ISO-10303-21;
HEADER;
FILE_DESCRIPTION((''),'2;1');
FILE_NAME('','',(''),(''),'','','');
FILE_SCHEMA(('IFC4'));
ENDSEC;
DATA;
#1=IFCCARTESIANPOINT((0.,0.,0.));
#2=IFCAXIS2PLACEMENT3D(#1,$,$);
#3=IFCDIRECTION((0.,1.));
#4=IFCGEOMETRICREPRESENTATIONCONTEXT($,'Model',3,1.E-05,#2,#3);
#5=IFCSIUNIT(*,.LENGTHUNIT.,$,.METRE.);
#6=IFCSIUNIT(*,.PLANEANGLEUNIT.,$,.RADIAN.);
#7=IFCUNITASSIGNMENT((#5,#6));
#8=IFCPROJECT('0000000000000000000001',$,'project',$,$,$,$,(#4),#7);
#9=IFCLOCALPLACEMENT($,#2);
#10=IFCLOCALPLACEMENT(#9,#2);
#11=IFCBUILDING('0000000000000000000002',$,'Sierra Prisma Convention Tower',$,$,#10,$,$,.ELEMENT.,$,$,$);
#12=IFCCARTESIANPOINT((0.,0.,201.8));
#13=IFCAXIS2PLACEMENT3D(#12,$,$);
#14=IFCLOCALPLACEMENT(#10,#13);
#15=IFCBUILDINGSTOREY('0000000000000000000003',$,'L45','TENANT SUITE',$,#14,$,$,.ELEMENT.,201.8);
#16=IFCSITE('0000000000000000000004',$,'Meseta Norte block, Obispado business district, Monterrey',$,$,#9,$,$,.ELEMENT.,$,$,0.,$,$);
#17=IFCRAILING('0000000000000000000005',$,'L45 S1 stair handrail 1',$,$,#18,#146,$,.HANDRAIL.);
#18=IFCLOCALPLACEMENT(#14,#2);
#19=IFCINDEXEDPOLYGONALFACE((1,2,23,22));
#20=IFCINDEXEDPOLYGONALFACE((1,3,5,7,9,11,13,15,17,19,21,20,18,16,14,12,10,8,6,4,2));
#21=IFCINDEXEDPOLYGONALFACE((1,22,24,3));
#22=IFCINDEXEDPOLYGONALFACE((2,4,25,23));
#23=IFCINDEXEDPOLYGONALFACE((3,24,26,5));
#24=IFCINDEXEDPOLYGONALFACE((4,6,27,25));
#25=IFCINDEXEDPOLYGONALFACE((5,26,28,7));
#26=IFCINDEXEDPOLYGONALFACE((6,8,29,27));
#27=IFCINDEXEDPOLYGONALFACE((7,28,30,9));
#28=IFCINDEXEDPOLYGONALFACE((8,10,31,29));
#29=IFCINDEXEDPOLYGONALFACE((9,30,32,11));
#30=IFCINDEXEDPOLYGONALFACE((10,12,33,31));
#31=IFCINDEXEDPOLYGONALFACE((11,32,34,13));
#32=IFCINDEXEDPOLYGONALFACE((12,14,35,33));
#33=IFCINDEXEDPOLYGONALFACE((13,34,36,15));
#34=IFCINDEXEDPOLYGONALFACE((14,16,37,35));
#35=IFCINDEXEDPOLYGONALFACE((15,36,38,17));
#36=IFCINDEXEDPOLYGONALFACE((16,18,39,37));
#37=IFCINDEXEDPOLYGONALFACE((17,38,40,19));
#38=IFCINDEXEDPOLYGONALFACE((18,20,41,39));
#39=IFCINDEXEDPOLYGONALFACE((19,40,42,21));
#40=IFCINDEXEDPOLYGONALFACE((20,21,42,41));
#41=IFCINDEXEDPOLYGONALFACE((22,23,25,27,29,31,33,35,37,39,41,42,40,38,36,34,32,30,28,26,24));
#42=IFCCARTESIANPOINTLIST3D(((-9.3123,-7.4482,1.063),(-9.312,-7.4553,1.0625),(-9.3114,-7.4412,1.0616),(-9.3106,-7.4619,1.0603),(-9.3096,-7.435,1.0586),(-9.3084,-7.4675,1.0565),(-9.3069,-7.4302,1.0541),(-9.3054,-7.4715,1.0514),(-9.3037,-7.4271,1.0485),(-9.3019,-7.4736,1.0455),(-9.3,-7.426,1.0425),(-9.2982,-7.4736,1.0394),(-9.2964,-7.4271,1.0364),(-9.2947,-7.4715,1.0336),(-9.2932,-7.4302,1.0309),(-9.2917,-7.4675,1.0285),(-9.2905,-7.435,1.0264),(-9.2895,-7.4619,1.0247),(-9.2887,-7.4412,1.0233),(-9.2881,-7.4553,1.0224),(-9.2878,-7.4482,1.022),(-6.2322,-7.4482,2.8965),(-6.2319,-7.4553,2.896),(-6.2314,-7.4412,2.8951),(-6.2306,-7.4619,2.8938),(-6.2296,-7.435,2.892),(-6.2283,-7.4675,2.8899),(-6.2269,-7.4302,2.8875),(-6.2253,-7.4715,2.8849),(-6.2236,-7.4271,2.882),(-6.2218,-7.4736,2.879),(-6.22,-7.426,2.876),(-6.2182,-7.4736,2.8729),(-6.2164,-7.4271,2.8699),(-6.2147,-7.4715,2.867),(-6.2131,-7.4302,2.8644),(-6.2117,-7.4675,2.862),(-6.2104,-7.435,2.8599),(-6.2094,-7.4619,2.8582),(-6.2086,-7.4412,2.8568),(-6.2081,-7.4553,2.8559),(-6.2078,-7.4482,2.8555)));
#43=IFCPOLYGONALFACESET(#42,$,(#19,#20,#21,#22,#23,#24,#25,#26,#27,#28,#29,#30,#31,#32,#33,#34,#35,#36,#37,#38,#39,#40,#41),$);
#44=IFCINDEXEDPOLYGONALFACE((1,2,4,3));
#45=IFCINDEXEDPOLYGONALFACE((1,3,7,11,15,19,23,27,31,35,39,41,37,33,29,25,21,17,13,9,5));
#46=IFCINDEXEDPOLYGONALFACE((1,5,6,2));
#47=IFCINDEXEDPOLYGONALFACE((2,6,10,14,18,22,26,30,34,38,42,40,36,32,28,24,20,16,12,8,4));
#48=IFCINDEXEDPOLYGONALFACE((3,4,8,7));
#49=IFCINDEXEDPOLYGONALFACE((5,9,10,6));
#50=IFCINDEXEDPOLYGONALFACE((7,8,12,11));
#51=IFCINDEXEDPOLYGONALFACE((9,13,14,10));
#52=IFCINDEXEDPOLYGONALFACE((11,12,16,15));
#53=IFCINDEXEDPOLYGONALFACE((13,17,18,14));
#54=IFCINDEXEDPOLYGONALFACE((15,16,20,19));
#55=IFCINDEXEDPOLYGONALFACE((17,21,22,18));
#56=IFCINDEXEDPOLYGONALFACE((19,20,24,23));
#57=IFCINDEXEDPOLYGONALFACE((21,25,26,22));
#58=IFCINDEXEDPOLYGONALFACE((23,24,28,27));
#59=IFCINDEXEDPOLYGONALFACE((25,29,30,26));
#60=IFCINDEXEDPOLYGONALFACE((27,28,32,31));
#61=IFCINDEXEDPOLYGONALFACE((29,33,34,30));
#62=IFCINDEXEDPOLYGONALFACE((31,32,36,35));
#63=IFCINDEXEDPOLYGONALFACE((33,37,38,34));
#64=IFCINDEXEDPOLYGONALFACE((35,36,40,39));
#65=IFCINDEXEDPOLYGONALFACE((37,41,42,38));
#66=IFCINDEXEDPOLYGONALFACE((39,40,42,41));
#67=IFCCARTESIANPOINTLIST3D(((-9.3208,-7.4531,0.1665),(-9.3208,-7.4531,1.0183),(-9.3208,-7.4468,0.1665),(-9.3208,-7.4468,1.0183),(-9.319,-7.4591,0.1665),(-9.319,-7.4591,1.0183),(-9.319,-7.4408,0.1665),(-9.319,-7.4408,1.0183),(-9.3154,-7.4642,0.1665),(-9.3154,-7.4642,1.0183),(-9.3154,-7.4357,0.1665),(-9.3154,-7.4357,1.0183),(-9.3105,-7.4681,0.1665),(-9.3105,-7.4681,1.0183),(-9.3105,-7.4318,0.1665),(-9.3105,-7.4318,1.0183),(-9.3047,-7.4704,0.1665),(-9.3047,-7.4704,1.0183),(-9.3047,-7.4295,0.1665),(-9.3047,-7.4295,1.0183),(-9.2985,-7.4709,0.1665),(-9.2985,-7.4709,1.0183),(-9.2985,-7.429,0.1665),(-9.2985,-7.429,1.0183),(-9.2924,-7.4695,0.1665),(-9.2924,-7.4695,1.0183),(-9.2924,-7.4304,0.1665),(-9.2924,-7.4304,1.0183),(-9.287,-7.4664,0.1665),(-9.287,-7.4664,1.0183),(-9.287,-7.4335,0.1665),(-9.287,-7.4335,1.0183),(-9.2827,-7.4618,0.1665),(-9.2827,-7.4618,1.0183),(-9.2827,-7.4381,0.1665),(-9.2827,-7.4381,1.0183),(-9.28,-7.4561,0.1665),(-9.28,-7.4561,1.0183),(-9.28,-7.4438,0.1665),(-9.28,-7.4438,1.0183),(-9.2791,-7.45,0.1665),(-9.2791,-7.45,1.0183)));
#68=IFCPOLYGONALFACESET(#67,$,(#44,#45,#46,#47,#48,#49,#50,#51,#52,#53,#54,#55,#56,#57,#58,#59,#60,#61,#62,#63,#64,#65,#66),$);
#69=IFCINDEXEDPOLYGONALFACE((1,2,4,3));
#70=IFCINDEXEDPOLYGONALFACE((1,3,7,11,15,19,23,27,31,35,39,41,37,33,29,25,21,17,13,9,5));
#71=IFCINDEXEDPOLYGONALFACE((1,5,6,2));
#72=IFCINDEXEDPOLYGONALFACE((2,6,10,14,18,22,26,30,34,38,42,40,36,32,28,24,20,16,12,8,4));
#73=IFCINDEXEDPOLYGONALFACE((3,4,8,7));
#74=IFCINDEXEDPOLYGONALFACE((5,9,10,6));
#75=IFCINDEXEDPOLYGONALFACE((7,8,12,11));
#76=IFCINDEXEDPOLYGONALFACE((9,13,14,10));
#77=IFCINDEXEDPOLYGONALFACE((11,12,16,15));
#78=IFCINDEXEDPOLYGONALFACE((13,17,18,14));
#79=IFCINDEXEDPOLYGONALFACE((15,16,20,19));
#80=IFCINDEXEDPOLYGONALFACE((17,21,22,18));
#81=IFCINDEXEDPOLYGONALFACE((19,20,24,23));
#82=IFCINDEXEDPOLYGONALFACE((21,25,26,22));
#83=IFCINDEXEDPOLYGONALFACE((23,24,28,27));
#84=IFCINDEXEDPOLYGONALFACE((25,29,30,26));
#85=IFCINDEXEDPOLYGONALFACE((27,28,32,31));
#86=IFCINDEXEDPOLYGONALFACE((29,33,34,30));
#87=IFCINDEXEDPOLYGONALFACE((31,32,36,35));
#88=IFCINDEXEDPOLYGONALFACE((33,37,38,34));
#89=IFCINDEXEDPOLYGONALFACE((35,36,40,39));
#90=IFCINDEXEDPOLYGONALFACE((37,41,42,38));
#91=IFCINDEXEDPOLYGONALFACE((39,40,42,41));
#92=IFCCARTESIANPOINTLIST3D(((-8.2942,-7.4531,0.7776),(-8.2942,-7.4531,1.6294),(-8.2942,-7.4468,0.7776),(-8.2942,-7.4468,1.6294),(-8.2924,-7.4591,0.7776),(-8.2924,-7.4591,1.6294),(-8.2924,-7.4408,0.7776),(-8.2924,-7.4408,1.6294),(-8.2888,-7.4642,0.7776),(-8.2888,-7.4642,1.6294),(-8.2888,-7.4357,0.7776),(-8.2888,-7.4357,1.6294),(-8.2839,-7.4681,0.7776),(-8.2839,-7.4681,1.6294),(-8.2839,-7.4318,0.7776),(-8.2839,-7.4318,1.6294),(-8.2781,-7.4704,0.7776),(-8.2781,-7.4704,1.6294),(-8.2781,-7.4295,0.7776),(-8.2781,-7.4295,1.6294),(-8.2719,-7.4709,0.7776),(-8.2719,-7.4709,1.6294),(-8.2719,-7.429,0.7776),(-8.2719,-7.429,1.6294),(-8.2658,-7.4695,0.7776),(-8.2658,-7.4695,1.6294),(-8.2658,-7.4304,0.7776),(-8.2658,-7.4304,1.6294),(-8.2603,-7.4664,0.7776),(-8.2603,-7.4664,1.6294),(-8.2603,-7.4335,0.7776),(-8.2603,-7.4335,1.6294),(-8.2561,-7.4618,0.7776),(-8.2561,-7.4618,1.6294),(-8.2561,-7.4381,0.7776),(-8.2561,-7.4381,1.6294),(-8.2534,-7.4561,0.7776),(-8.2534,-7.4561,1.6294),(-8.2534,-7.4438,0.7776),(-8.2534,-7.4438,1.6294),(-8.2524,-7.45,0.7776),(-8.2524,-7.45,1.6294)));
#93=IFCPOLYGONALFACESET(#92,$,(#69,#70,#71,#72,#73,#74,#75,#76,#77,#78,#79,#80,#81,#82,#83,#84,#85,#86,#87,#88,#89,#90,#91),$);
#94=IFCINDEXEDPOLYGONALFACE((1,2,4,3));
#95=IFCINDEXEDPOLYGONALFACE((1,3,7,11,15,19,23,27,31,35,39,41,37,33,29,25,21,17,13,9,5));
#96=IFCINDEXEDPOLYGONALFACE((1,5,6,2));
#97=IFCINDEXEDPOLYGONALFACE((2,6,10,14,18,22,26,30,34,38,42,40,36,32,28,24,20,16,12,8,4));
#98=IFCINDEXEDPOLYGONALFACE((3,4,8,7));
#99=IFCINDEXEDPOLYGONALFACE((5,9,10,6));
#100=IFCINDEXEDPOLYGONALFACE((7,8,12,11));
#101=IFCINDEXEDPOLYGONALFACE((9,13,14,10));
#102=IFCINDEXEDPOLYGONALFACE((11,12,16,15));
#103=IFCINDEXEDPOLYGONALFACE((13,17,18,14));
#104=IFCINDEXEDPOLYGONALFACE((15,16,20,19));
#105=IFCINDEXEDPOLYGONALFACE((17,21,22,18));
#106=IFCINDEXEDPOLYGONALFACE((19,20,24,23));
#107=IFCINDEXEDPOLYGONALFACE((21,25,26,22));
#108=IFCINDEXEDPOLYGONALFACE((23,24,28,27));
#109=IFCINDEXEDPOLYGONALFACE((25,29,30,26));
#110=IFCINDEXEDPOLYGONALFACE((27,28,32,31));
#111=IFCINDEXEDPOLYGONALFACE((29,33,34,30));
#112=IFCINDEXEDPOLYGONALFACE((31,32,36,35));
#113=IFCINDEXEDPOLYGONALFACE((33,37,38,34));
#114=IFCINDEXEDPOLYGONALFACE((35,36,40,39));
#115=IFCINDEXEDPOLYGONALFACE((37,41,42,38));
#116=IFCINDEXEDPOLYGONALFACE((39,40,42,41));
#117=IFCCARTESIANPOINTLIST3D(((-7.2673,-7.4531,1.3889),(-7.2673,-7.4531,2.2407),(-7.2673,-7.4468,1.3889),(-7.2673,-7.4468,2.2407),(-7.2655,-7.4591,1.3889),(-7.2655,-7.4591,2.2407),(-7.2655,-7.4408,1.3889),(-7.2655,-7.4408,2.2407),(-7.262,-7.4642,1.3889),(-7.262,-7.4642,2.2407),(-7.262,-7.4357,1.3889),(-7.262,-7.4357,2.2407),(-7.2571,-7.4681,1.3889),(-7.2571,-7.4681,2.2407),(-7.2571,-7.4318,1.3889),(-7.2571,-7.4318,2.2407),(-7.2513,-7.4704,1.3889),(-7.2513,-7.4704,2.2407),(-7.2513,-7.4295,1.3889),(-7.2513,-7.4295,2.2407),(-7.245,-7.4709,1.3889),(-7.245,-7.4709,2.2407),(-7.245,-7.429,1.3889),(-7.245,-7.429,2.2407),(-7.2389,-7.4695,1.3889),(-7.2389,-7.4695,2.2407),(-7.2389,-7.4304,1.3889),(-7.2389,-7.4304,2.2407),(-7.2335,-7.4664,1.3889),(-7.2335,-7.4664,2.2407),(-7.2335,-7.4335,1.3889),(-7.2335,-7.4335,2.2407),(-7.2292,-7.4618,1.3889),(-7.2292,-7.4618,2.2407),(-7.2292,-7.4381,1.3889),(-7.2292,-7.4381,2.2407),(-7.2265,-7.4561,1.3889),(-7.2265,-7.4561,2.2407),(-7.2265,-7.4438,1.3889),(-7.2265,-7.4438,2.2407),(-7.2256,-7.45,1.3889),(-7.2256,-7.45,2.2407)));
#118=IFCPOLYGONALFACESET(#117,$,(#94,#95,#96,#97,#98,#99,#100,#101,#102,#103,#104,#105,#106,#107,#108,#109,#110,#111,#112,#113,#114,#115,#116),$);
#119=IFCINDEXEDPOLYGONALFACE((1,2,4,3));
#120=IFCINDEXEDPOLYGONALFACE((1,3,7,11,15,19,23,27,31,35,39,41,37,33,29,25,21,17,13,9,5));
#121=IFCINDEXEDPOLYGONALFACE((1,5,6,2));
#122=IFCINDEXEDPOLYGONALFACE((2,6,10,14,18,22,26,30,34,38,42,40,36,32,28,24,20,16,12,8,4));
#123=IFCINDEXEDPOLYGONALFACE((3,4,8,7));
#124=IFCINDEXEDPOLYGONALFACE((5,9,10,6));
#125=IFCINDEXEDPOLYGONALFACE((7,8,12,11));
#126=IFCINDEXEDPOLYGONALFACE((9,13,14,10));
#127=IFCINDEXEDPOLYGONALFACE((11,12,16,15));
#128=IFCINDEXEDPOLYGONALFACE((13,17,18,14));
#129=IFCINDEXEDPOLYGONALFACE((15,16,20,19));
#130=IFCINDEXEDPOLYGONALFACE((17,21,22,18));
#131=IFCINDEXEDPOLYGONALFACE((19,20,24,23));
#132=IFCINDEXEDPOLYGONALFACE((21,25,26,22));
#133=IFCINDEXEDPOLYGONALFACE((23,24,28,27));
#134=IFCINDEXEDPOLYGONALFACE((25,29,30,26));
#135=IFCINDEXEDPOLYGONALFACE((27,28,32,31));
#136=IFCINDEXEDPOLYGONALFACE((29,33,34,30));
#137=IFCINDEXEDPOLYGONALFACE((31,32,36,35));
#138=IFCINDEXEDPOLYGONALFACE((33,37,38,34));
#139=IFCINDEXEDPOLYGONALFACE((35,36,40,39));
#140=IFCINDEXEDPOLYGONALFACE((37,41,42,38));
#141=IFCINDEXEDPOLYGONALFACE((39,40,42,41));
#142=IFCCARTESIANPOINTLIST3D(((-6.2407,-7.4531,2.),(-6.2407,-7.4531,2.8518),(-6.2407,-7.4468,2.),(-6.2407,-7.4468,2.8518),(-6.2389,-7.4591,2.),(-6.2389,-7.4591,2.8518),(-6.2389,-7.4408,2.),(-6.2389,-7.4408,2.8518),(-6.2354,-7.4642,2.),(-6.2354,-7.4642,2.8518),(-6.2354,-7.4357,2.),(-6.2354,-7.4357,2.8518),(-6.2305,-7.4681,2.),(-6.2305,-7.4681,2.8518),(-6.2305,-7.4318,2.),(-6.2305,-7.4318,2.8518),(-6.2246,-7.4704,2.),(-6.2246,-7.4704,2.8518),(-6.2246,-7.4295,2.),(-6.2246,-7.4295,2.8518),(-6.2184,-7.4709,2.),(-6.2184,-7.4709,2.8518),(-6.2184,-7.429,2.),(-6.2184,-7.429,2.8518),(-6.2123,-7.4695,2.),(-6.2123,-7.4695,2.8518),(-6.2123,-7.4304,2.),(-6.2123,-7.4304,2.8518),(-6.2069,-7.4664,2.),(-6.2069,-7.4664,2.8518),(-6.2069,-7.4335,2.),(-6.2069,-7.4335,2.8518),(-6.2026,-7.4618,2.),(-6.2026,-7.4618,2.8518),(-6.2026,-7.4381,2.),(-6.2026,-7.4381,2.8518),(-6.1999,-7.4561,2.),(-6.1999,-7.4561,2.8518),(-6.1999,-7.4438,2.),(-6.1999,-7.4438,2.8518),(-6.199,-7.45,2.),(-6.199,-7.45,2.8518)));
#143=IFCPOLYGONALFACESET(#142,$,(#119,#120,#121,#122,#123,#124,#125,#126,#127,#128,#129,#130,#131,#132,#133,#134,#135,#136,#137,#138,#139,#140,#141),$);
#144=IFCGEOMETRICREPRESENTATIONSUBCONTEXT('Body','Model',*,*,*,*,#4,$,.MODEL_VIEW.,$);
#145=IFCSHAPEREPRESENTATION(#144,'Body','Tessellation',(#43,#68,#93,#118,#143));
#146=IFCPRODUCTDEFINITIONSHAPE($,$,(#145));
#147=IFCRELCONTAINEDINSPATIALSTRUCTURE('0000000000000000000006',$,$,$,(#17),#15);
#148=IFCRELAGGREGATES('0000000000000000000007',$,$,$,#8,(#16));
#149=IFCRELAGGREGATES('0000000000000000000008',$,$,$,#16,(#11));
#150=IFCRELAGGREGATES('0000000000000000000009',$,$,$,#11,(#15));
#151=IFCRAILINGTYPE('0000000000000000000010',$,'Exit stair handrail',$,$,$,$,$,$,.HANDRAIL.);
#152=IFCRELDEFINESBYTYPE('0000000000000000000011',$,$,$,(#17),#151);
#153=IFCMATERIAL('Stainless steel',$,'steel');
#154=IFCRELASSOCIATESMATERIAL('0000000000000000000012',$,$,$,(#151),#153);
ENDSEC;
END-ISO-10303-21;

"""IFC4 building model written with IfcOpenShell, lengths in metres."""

from ifc_helpers import new_model, si_unit, direction, frame, origin, origin_2d, place, context, subcontext, project, spatial, circle, extrude, material, type_object, element, save


model = new_model("IFC4")

# Units and contexts
model_context = context("Model", 3, precision=1e-05, world=origin(), true_north=direction((0.0, 1.0)))
body_context = subcontext(model_context, "Body", "Model", "MODEL_VIEW")
ifc_project = project(units=[si_unit("LENGTHUNIT", "METRE"), si_unit("PLANEANGLEUNIT", "RADIAN")], contexts=[model_context])

# Site, building, storey
site_placement = place(None, origin())
site = spatial("IfcSite", under=ifc_project, at=site_placement, Name="Meseta Norte block, Obispado business district, Monterrey", CompositionType="ELEMENT", RefElevation=0.0)
building_placement = place(site_placement, origin())
building = spatial("IfcBuilding", under=site, at=building_placement, Name="Sierra Prisma Convention Tower", CompositionType="ELEMENT")
storey_placement = place(building_placement, frame((0.0, 0.0, 201.8)))
storey = spatial("IfcBuildingStorey", under=building, at=storey_placement, Name="L45", Description="TENANT SUITE", CompositionType="ELEMENT", Elevation=201.8)

# Railing
ifc_material_1 = material(Name="Stainless steel", Category="steel")
railing_type = type_object("IfcRailingType", Name="Exit stair handrail", PredefinedType="HANDRAIL", material=ifc_material_1)
railing_placement = place(storey_placement, frame((-9.3, -7.45, 0.1665)))
element("IfcRailing", 1, at=railing_placement, inside=storey, type_object=railing_type, Name="L45 S1 stair handrail 1", PredefinedType="HANDRAIL", context=body_context, shape_type="SweptSolid", body=[
    extrude(circle(Radius=0.0239, at=origin_2d()), frame((0.0, 0.0, 0.876), z_axis=(0.859279, 0.0, 0.511508), x_axis=(0.0, 1.0, 0.0)), (0.0, 0.0, 1.0), 3.5845),
    extrude(circle(Radius=0.021, at=origin_2d()), origin(), (0.0, 0.0, 1.0), 0.8518),
    extrude(circle(Radius=0.021, at=origin_2d()), frame((1.0266, 0.0, 0.6111)), (0.0, 0.0, 1.0), 0.8518),
    extrude(circle(Radius=0.021, at=origin_2d()), frame((2.0535, 0.0, 1.2224)), (0.0, 0.0, 1.0), 0.8518),
    extrude(circle(Radius=0.021, at=origin_2d()), frame((3.0801, 0.0, 1.8335)), (0.0, 0.0, 1.0), 0.8518),
])

save(model, "model.ifc")
